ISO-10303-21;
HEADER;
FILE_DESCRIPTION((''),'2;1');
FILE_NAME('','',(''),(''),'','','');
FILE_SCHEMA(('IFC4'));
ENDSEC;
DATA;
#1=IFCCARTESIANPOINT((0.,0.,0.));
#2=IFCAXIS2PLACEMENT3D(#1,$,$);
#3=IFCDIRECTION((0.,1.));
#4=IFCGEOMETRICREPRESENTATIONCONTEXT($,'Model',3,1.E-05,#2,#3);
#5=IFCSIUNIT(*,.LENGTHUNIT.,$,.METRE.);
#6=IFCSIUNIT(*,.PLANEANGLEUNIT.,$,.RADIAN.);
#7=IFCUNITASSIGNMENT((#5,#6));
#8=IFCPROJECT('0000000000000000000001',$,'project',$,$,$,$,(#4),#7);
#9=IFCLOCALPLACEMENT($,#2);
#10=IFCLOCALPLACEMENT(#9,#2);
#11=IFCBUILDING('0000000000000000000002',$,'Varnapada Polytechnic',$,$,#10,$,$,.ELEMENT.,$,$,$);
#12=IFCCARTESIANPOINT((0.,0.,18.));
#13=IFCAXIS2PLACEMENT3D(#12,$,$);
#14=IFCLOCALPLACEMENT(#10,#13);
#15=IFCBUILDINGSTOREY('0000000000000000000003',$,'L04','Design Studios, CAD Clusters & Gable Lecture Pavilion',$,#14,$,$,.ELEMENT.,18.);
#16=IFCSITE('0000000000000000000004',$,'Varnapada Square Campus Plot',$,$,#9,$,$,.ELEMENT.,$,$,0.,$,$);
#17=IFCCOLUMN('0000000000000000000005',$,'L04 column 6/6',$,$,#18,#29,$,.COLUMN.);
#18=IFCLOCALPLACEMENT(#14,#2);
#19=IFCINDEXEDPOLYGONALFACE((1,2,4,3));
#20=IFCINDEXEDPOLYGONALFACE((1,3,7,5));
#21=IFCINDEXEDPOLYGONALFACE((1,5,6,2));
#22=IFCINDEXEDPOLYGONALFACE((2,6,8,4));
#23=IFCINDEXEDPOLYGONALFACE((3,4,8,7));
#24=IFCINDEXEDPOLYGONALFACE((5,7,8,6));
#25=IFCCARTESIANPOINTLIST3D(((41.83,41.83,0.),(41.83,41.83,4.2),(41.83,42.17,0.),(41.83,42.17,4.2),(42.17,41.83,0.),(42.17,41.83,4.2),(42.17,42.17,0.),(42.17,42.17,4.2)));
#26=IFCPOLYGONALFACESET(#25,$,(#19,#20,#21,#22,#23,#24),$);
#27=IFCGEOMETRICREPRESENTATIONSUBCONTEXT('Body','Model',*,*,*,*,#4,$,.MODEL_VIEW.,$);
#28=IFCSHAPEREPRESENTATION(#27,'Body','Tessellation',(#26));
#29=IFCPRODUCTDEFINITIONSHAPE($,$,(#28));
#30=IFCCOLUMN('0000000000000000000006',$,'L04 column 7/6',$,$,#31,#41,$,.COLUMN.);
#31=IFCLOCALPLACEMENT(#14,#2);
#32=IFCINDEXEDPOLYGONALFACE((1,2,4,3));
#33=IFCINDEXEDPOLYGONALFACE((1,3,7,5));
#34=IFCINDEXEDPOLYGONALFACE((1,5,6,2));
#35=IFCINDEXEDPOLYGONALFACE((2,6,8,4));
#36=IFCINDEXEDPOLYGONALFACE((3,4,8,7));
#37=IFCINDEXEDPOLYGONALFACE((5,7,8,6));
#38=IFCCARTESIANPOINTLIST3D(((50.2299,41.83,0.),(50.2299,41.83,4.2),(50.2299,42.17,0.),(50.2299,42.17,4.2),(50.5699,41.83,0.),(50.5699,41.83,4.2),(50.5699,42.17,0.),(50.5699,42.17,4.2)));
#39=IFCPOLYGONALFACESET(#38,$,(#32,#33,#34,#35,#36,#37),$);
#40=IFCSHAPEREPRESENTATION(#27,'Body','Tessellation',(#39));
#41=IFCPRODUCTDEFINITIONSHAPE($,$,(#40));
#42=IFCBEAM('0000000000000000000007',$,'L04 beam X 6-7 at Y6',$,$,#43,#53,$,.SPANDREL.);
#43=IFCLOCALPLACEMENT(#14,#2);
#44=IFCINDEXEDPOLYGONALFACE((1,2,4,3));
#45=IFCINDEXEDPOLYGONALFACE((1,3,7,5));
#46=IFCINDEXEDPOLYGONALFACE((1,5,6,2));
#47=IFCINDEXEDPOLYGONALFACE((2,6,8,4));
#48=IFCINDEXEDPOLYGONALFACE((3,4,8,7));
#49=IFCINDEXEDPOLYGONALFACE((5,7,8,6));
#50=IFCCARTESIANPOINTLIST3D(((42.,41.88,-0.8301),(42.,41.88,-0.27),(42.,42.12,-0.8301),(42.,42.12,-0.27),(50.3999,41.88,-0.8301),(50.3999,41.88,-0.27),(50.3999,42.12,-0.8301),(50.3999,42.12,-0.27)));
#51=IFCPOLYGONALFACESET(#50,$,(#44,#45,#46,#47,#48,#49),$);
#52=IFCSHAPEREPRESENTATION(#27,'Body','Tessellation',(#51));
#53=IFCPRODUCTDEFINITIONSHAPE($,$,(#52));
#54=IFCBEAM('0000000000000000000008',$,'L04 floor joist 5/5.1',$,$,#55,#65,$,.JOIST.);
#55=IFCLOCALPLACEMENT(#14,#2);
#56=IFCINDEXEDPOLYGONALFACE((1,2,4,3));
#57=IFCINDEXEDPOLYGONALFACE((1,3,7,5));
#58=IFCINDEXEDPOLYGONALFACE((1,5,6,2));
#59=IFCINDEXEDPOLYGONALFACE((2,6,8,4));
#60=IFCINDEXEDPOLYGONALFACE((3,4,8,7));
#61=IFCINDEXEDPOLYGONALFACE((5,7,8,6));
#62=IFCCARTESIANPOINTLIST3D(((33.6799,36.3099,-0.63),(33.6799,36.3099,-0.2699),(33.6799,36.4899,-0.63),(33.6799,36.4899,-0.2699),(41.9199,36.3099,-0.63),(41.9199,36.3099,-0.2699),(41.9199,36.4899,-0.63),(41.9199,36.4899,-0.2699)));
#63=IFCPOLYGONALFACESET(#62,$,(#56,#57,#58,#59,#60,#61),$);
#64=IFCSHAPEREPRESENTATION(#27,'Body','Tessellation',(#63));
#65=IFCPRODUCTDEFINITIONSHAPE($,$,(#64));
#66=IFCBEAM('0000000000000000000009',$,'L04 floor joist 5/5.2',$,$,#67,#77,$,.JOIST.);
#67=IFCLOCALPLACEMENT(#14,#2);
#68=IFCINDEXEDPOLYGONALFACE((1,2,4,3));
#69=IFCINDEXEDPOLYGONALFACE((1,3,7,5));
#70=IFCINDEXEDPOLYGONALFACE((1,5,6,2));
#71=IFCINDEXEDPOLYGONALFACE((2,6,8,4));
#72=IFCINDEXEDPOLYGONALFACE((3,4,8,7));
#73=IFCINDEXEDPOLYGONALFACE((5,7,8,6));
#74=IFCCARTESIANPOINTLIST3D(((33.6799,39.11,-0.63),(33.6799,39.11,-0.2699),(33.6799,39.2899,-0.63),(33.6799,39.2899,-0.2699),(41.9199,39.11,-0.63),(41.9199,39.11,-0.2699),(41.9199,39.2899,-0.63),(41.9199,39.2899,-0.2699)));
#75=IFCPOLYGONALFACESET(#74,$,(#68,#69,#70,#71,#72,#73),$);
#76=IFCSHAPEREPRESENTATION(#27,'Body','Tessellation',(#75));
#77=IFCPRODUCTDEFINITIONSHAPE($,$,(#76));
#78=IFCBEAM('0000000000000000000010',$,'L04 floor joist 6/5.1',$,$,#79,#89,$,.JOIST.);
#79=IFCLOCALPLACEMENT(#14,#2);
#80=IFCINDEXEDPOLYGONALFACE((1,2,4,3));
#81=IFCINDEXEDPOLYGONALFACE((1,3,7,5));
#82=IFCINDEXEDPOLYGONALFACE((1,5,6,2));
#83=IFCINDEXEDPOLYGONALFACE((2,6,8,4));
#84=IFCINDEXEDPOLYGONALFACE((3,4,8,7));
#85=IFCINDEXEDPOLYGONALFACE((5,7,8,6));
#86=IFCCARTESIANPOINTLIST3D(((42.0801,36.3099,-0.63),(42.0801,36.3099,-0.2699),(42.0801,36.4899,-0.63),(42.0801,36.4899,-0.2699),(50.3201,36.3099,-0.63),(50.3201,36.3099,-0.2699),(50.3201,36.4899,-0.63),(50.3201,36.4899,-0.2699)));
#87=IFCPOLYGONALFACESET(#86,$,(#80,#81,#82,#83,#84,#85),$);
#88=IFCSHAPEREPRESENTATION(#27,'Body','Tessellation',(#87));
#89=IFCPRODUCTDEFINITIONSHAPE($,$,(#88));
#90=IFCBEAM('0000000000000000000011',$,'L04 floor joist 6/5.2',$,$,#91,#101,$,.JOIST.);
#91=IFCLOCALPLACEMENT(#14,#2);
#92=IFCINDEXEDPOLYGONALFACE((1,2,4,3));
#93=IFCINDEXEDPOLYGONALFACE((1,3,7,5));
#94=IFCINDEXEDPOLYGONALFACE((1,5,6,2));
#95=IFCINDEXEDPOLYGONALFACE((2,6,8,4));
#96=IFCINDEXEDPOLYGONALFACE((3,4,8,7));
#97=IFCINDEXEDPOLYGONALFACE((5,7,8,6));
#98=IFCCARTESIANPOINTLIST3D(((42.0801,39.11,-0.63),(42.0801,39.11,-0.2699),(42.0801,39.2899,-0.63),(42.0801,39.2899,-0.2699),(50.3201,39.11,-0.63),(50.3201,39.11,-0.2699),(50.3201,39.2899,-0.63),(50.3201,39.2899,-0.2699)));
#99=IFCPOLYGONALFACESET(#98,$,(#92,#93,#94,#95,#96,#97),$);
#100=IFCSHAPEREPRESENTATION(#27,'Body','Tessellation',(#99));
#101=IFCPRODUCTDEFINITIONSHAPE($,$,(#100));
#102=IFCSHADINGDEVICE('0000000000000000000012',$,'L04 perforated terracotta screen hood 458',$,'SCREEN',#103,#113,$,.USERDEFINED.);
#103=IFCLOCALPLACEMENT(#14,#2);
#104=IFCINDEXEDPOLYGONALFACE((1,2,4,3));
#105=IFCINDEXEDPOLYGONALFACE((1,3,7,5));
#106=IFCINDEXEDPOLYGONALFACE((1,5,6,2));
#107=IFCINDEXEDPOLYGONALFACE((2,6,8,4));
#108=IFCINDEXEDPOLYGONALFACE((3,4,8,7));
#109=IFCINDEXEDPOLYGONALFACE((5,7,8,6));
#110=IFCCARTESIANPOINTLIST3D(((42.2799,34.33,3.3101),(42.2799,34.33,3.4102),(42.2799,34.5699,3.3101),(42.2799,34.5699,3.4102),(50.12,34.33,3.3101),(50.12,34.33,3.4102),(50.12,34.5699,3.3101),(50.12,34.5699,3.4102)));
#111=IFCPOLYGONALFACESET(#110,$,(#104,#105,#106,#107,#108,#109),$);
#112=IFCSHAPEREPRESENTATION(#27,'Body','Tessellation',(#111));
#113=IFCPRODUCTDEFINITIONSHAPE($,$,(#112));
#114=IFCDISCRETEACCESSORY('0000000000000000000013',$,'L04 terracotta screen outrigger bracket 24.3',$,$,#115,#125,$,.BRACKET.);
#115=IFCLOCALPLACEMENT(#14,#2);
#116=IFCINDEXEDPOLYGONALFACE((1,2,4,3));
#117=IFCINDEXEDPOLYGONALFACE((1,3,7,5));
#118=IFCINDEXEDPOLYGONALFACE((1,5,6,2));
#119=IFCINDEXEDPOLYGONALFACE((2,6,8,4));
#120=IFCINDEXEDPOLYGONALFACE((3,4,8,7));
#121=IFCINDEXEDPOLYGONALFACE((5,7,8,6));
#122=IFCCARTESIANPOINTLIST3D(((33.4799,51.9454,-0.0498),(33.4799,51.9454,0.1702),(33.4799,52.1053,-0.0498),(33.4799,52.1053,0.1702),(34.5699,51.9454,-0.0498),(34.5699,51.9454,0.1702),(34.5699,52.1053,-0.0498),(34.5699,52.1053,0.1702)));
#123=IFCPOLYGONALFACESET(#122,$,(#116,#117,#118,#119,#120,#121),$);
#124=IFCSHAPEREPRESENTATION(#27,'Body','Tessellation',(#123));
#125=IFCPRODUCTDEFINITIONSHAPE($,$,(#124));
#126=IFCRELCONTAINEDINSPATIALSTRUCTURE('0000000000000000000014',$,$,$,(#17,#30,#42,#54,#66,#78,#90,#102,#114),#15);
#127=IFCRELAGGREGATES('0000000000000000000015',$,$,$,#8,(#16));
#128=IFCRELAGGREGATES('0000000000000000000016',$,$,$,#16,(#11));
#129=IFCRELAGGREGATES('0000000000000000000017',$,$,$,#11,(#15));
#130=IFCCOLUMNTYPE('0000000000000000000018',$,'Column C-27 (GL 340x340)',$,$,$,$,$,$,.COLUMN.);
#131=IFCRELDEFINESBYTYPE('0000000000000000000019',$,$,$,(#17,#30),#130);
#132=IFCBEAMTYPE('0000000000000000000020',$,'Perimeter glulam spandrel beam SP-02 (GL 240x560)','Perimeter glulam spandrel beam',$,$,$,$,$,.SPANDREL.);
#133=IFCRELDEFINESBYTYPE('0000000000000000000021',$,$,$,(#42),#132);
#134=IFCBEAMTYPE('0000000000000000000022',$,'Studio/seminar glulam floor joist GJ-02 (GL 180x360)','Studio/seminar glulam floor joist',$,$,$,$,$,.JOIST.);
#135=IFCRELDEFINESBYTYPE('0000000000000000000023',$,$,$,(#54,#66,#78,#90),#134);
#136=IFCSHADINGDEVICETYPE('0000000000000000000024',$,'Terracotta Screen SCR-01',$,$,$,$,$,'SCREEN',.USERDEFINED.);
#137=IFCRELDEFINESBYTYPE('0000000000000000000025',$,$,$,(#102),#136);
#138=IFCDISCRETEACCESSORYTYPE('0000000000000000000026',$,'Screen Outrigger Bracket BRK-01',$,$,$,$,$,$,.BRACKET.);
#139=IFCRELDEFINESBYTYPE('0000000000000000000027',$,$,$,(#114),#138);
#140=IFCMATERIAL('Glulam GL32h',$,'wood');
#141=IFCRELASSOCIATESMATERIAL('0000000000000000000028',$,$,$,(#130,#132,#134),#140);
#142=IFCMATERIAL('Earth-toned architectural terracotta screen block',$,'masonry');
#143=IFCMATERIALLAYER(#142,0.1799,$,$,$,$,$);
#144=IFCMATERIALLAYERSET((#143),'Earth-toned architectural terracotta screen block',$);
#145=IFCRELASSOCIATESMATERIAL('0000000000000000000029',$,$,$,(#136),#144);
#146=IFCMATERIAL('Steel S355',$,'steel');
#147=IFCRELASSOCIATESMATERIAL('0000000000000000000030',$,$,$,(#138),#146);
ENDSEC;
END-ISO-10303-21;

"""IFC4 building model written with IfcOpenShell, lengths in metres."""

from ifc_helpers import new_model, si_unit, direction, frame, origin, origin_2d, place, context, subcontext, project, spatial, rectangle, extrude, material, layer, layer_set, material_profile, profile_set, type_object, element, save


model = new_model("IFC4")

# Units and contexts
model_context = context("Model", 3, precision=1e-05, world=origin(), true_north=direction((0.0, 1.0)))
body_context = subcontext(model_context, "Body", "Model", "MODEL_VIEW")
ifc_project = project(units=[si_unit("LENGTHUNIT", "METRE"), si_unit("PLANEANGLEUNIT", "RADIAN")], contexts=[model_context])

# Site, building, storey
site_placement = place(None, origin())
site = spatial("IfcSite", under=ifc_project, at=site_placement, Name="Varnapada Square Campus Plot", CompositionType="ELEMENT", RefElevation=0.0)
building_placement = place(site_placement, origin())
building = spatial("IfcBuilding", under=site, at=building_placement, Name="Varnapada Polytechnic", CompositionType="ELEMENT")
storey_placement = place(building_placement, frame((0.0, 0.0, 18.0)))
storey = spatial("IfcBuildingStorey", under=building, at=storey_placement, Name="L04", Description="Design Studios, CAD Clusters & Gable Lecture Pavilion", CompositionType="ELEMENT", Elevation=18.0)

# Columns
ifc_material_1 = material(Name="Glulam GL32h", Category="wood")
ifc_material_profile_1 = material_profile(ifc_material_1, rectangle(XDim=0.3401, YDim=0.3401, at=origin_2d()), Name="GL 340x340")
ifc_profile_set_1 = profile_set([ifc_material_profile_1], Name="Glulam GL32h")
column_type = type_object("IfcColumnType", Name="Column C-27 (GL 340x340)", PredefinedType="COLUMN", material=ifc_profile_set_1)
for number, where, z_axis, x_axis, name in (
    (1, (42.0, 42.0, 0.0), (0.0, 0.0, 1.0), (1.0, 0.0, 0.0), "L04 column 6/6"),
    (2, (50.3999, 42.0, 0.0), (0.0, 0.0, 1.0), (1.0, 0.0, 0.0), "L04 column 7/6"),
):
    element("IfcColumn", number, at=place(storey_placement, frame(where, z_axis=z_axis, x_axis=x_axis)), inside=storey, type_object=column_type, Name=name, PredefinedType="COLUMN", context=body_context, shape_type="SweptSolid", body=[
        extrude(rectangle(XDim=0.3401, YDim=0.3401, at=origin_2d()), origin(), (0.0, 0.0, 1.0), 4.2),
    ])

# Beams
ifc_material_profile_2 = material_profile(ifc_material_1, rectangle(XDim=0.24, YDim=0.5601, at=origin_2d()), Name="GL 240x560")
ifc_profile_set_2 = profile_set([ifc_material_profile_2], Name="Glulam GL32h")
beam_type_1 = type_object("IfcBeamType", Name="Perimeter glulam spandrel beam SP-02 (GL 240x560)", Description="Perimeter glulam spandrel beam", PredefinedType="SPANDREL", material=ifc_profile_set_2)
beam_placement = place(storey_placement, frame((42.0, 42.0, -0.55), z_axis=(1.0, 0.0, 0.0), x_axis=(0.0, 1.0, 0.0)))
element("IfcBeam", 3, at=beam_placement, inside=storey, type_object=beam_type_1, Name="L04 beam X 6-7 at Y6", PredefinedType="SPANDREL", context=body_context, shape_type="SweptSolid", body=[
    extrude(rectangle(XDim=0.24, YDim=0.5601, at=origin_2d()), origin(), (0.0, 0.0, 1.0), 8.3999),
])
ifc_material_profile_3 = material_profile(ifc_material_1, rectangle(XDim=0.1799, YDim=0.3601, at=origin_2d()), Name="GL 180x360")
ifc_profile_set_3 = profile_set([ifc_material_profile_3], Name="Glulam GL32h")
beam_type_2 = type_object("IfcBeamType", Name="Studio/seminar glulam floor joist GJ-02 (GL 180x360)", Description="Studio/seminar glulam floor joist", PredefinedType="JOIST", material=ifc_profile_set_3)
for number, where, z_axis, x_axis, name in (
    (4, (33.6799, 36.3999, -0.45), (1.0, 0.0, 0.0), (0.0, 1.0, 0.0), "L04 floor joist 5/5.1"),
    (5, (33.6799, 39.2, -0.45), (1.0, 0.0, 0.0), (0.0, 1.0, 0.0), "L04 floor joist 5/5.2"),
    (6, (42.0801, 36.3999, -0.45), (1.0, 0.0, 0.0), (0.0, 1.0, 0.0), "L04 floor joist 6/5.1"),
    (7, (42.0801, 39.2, -0.45), (1.0, 0.0, 0.0), (0.0, 1.0, 0.0), "L04 floor joist 6/5.2"),
):
    element("IfcBeam", number, at=place(storey_placement, frame(where, z_axis=z_axis, x_axis=x_axis)), inside=storey, type_object=beam_type_2, Name=name, PredefinedType="JOIST", context=body_context, shape_type="SweptSolid", body=[
        extrude(rectangle(XDim=0.1799, YDim=0.3601, at=origin_2d()), origin(), (0.0, 0.0, 1.0), 8.24),
    ])

# Shading device
ifc_material_2 = material(Name="Earth-toned architectural terracotta screen block", Category="masonry")
ifc_layer = layer(ifc_material_2, 0.1799)
ifc_layer_set = layer_set([ifc_layer], Name="Earth-toned architectural terracotta screen block")
shading_device_type = type_object("IfcShadingDeviceType", Name="Terracotta Screen SCR-01", ElementType="SCREEN", PredefinedType="USERDEFINED", material=ifc_layer_set)
shading_device_placement = place(storey_placement, frame((46.2, 34.45, 3.3101), z_axis=(0.0, 0.0, 1.0), x_axis=(1.0, 0.0, 0.0)))
element("IfcShadingDevice", 8, at=shading_device_placement, inside=storey, type_object=shading_device_type, Name="L04 perforated terracotta screen hood 458", ObjectType="SCREEN", PredefinedType="USERDEFINED", context=body_context, shape_type="SweptSolid", body=[
    extrude(rectangle(XDim=7.8401, YDim=0.24, at=origin_2d()), origin(), (0.0, 0.0, 1.0), 0.1001),
])

# Discrete accessory
ifc_material_3 = material(Name="Steel S355", Category="steel")
discrete_accessory_type = type_object("IfcDiscreteAccessoryType", Name="Screen Outrigger Bracket BRK-01", PredefinedType="BRACKET", material=ifc_material_3)
discrete_accessory_placement = place(storey_placement, frame((34.0249, 52.0254, -0.0498), z_axis=(0.0, 0.0, 1.0), x_axis=(0.0, -1.0, 0.0)))
element("IfcDiscreteAccessory", 9, at=discrete_accessory_placement, inside=storey, type_object=discrete_accessory_type, Name="L04 terracotta screen outrigger bracket 24.3", PredefinedType="BRACKET", context=body_context, shape_type="SweptSolid", body=[
    extrude(rectangle(XDim=0.1599, YDim=1.0901, at=origin_2d()), origin(), (0.0, 0.0, 1.0), 0.22),
])

save(model, "model.ifc")
